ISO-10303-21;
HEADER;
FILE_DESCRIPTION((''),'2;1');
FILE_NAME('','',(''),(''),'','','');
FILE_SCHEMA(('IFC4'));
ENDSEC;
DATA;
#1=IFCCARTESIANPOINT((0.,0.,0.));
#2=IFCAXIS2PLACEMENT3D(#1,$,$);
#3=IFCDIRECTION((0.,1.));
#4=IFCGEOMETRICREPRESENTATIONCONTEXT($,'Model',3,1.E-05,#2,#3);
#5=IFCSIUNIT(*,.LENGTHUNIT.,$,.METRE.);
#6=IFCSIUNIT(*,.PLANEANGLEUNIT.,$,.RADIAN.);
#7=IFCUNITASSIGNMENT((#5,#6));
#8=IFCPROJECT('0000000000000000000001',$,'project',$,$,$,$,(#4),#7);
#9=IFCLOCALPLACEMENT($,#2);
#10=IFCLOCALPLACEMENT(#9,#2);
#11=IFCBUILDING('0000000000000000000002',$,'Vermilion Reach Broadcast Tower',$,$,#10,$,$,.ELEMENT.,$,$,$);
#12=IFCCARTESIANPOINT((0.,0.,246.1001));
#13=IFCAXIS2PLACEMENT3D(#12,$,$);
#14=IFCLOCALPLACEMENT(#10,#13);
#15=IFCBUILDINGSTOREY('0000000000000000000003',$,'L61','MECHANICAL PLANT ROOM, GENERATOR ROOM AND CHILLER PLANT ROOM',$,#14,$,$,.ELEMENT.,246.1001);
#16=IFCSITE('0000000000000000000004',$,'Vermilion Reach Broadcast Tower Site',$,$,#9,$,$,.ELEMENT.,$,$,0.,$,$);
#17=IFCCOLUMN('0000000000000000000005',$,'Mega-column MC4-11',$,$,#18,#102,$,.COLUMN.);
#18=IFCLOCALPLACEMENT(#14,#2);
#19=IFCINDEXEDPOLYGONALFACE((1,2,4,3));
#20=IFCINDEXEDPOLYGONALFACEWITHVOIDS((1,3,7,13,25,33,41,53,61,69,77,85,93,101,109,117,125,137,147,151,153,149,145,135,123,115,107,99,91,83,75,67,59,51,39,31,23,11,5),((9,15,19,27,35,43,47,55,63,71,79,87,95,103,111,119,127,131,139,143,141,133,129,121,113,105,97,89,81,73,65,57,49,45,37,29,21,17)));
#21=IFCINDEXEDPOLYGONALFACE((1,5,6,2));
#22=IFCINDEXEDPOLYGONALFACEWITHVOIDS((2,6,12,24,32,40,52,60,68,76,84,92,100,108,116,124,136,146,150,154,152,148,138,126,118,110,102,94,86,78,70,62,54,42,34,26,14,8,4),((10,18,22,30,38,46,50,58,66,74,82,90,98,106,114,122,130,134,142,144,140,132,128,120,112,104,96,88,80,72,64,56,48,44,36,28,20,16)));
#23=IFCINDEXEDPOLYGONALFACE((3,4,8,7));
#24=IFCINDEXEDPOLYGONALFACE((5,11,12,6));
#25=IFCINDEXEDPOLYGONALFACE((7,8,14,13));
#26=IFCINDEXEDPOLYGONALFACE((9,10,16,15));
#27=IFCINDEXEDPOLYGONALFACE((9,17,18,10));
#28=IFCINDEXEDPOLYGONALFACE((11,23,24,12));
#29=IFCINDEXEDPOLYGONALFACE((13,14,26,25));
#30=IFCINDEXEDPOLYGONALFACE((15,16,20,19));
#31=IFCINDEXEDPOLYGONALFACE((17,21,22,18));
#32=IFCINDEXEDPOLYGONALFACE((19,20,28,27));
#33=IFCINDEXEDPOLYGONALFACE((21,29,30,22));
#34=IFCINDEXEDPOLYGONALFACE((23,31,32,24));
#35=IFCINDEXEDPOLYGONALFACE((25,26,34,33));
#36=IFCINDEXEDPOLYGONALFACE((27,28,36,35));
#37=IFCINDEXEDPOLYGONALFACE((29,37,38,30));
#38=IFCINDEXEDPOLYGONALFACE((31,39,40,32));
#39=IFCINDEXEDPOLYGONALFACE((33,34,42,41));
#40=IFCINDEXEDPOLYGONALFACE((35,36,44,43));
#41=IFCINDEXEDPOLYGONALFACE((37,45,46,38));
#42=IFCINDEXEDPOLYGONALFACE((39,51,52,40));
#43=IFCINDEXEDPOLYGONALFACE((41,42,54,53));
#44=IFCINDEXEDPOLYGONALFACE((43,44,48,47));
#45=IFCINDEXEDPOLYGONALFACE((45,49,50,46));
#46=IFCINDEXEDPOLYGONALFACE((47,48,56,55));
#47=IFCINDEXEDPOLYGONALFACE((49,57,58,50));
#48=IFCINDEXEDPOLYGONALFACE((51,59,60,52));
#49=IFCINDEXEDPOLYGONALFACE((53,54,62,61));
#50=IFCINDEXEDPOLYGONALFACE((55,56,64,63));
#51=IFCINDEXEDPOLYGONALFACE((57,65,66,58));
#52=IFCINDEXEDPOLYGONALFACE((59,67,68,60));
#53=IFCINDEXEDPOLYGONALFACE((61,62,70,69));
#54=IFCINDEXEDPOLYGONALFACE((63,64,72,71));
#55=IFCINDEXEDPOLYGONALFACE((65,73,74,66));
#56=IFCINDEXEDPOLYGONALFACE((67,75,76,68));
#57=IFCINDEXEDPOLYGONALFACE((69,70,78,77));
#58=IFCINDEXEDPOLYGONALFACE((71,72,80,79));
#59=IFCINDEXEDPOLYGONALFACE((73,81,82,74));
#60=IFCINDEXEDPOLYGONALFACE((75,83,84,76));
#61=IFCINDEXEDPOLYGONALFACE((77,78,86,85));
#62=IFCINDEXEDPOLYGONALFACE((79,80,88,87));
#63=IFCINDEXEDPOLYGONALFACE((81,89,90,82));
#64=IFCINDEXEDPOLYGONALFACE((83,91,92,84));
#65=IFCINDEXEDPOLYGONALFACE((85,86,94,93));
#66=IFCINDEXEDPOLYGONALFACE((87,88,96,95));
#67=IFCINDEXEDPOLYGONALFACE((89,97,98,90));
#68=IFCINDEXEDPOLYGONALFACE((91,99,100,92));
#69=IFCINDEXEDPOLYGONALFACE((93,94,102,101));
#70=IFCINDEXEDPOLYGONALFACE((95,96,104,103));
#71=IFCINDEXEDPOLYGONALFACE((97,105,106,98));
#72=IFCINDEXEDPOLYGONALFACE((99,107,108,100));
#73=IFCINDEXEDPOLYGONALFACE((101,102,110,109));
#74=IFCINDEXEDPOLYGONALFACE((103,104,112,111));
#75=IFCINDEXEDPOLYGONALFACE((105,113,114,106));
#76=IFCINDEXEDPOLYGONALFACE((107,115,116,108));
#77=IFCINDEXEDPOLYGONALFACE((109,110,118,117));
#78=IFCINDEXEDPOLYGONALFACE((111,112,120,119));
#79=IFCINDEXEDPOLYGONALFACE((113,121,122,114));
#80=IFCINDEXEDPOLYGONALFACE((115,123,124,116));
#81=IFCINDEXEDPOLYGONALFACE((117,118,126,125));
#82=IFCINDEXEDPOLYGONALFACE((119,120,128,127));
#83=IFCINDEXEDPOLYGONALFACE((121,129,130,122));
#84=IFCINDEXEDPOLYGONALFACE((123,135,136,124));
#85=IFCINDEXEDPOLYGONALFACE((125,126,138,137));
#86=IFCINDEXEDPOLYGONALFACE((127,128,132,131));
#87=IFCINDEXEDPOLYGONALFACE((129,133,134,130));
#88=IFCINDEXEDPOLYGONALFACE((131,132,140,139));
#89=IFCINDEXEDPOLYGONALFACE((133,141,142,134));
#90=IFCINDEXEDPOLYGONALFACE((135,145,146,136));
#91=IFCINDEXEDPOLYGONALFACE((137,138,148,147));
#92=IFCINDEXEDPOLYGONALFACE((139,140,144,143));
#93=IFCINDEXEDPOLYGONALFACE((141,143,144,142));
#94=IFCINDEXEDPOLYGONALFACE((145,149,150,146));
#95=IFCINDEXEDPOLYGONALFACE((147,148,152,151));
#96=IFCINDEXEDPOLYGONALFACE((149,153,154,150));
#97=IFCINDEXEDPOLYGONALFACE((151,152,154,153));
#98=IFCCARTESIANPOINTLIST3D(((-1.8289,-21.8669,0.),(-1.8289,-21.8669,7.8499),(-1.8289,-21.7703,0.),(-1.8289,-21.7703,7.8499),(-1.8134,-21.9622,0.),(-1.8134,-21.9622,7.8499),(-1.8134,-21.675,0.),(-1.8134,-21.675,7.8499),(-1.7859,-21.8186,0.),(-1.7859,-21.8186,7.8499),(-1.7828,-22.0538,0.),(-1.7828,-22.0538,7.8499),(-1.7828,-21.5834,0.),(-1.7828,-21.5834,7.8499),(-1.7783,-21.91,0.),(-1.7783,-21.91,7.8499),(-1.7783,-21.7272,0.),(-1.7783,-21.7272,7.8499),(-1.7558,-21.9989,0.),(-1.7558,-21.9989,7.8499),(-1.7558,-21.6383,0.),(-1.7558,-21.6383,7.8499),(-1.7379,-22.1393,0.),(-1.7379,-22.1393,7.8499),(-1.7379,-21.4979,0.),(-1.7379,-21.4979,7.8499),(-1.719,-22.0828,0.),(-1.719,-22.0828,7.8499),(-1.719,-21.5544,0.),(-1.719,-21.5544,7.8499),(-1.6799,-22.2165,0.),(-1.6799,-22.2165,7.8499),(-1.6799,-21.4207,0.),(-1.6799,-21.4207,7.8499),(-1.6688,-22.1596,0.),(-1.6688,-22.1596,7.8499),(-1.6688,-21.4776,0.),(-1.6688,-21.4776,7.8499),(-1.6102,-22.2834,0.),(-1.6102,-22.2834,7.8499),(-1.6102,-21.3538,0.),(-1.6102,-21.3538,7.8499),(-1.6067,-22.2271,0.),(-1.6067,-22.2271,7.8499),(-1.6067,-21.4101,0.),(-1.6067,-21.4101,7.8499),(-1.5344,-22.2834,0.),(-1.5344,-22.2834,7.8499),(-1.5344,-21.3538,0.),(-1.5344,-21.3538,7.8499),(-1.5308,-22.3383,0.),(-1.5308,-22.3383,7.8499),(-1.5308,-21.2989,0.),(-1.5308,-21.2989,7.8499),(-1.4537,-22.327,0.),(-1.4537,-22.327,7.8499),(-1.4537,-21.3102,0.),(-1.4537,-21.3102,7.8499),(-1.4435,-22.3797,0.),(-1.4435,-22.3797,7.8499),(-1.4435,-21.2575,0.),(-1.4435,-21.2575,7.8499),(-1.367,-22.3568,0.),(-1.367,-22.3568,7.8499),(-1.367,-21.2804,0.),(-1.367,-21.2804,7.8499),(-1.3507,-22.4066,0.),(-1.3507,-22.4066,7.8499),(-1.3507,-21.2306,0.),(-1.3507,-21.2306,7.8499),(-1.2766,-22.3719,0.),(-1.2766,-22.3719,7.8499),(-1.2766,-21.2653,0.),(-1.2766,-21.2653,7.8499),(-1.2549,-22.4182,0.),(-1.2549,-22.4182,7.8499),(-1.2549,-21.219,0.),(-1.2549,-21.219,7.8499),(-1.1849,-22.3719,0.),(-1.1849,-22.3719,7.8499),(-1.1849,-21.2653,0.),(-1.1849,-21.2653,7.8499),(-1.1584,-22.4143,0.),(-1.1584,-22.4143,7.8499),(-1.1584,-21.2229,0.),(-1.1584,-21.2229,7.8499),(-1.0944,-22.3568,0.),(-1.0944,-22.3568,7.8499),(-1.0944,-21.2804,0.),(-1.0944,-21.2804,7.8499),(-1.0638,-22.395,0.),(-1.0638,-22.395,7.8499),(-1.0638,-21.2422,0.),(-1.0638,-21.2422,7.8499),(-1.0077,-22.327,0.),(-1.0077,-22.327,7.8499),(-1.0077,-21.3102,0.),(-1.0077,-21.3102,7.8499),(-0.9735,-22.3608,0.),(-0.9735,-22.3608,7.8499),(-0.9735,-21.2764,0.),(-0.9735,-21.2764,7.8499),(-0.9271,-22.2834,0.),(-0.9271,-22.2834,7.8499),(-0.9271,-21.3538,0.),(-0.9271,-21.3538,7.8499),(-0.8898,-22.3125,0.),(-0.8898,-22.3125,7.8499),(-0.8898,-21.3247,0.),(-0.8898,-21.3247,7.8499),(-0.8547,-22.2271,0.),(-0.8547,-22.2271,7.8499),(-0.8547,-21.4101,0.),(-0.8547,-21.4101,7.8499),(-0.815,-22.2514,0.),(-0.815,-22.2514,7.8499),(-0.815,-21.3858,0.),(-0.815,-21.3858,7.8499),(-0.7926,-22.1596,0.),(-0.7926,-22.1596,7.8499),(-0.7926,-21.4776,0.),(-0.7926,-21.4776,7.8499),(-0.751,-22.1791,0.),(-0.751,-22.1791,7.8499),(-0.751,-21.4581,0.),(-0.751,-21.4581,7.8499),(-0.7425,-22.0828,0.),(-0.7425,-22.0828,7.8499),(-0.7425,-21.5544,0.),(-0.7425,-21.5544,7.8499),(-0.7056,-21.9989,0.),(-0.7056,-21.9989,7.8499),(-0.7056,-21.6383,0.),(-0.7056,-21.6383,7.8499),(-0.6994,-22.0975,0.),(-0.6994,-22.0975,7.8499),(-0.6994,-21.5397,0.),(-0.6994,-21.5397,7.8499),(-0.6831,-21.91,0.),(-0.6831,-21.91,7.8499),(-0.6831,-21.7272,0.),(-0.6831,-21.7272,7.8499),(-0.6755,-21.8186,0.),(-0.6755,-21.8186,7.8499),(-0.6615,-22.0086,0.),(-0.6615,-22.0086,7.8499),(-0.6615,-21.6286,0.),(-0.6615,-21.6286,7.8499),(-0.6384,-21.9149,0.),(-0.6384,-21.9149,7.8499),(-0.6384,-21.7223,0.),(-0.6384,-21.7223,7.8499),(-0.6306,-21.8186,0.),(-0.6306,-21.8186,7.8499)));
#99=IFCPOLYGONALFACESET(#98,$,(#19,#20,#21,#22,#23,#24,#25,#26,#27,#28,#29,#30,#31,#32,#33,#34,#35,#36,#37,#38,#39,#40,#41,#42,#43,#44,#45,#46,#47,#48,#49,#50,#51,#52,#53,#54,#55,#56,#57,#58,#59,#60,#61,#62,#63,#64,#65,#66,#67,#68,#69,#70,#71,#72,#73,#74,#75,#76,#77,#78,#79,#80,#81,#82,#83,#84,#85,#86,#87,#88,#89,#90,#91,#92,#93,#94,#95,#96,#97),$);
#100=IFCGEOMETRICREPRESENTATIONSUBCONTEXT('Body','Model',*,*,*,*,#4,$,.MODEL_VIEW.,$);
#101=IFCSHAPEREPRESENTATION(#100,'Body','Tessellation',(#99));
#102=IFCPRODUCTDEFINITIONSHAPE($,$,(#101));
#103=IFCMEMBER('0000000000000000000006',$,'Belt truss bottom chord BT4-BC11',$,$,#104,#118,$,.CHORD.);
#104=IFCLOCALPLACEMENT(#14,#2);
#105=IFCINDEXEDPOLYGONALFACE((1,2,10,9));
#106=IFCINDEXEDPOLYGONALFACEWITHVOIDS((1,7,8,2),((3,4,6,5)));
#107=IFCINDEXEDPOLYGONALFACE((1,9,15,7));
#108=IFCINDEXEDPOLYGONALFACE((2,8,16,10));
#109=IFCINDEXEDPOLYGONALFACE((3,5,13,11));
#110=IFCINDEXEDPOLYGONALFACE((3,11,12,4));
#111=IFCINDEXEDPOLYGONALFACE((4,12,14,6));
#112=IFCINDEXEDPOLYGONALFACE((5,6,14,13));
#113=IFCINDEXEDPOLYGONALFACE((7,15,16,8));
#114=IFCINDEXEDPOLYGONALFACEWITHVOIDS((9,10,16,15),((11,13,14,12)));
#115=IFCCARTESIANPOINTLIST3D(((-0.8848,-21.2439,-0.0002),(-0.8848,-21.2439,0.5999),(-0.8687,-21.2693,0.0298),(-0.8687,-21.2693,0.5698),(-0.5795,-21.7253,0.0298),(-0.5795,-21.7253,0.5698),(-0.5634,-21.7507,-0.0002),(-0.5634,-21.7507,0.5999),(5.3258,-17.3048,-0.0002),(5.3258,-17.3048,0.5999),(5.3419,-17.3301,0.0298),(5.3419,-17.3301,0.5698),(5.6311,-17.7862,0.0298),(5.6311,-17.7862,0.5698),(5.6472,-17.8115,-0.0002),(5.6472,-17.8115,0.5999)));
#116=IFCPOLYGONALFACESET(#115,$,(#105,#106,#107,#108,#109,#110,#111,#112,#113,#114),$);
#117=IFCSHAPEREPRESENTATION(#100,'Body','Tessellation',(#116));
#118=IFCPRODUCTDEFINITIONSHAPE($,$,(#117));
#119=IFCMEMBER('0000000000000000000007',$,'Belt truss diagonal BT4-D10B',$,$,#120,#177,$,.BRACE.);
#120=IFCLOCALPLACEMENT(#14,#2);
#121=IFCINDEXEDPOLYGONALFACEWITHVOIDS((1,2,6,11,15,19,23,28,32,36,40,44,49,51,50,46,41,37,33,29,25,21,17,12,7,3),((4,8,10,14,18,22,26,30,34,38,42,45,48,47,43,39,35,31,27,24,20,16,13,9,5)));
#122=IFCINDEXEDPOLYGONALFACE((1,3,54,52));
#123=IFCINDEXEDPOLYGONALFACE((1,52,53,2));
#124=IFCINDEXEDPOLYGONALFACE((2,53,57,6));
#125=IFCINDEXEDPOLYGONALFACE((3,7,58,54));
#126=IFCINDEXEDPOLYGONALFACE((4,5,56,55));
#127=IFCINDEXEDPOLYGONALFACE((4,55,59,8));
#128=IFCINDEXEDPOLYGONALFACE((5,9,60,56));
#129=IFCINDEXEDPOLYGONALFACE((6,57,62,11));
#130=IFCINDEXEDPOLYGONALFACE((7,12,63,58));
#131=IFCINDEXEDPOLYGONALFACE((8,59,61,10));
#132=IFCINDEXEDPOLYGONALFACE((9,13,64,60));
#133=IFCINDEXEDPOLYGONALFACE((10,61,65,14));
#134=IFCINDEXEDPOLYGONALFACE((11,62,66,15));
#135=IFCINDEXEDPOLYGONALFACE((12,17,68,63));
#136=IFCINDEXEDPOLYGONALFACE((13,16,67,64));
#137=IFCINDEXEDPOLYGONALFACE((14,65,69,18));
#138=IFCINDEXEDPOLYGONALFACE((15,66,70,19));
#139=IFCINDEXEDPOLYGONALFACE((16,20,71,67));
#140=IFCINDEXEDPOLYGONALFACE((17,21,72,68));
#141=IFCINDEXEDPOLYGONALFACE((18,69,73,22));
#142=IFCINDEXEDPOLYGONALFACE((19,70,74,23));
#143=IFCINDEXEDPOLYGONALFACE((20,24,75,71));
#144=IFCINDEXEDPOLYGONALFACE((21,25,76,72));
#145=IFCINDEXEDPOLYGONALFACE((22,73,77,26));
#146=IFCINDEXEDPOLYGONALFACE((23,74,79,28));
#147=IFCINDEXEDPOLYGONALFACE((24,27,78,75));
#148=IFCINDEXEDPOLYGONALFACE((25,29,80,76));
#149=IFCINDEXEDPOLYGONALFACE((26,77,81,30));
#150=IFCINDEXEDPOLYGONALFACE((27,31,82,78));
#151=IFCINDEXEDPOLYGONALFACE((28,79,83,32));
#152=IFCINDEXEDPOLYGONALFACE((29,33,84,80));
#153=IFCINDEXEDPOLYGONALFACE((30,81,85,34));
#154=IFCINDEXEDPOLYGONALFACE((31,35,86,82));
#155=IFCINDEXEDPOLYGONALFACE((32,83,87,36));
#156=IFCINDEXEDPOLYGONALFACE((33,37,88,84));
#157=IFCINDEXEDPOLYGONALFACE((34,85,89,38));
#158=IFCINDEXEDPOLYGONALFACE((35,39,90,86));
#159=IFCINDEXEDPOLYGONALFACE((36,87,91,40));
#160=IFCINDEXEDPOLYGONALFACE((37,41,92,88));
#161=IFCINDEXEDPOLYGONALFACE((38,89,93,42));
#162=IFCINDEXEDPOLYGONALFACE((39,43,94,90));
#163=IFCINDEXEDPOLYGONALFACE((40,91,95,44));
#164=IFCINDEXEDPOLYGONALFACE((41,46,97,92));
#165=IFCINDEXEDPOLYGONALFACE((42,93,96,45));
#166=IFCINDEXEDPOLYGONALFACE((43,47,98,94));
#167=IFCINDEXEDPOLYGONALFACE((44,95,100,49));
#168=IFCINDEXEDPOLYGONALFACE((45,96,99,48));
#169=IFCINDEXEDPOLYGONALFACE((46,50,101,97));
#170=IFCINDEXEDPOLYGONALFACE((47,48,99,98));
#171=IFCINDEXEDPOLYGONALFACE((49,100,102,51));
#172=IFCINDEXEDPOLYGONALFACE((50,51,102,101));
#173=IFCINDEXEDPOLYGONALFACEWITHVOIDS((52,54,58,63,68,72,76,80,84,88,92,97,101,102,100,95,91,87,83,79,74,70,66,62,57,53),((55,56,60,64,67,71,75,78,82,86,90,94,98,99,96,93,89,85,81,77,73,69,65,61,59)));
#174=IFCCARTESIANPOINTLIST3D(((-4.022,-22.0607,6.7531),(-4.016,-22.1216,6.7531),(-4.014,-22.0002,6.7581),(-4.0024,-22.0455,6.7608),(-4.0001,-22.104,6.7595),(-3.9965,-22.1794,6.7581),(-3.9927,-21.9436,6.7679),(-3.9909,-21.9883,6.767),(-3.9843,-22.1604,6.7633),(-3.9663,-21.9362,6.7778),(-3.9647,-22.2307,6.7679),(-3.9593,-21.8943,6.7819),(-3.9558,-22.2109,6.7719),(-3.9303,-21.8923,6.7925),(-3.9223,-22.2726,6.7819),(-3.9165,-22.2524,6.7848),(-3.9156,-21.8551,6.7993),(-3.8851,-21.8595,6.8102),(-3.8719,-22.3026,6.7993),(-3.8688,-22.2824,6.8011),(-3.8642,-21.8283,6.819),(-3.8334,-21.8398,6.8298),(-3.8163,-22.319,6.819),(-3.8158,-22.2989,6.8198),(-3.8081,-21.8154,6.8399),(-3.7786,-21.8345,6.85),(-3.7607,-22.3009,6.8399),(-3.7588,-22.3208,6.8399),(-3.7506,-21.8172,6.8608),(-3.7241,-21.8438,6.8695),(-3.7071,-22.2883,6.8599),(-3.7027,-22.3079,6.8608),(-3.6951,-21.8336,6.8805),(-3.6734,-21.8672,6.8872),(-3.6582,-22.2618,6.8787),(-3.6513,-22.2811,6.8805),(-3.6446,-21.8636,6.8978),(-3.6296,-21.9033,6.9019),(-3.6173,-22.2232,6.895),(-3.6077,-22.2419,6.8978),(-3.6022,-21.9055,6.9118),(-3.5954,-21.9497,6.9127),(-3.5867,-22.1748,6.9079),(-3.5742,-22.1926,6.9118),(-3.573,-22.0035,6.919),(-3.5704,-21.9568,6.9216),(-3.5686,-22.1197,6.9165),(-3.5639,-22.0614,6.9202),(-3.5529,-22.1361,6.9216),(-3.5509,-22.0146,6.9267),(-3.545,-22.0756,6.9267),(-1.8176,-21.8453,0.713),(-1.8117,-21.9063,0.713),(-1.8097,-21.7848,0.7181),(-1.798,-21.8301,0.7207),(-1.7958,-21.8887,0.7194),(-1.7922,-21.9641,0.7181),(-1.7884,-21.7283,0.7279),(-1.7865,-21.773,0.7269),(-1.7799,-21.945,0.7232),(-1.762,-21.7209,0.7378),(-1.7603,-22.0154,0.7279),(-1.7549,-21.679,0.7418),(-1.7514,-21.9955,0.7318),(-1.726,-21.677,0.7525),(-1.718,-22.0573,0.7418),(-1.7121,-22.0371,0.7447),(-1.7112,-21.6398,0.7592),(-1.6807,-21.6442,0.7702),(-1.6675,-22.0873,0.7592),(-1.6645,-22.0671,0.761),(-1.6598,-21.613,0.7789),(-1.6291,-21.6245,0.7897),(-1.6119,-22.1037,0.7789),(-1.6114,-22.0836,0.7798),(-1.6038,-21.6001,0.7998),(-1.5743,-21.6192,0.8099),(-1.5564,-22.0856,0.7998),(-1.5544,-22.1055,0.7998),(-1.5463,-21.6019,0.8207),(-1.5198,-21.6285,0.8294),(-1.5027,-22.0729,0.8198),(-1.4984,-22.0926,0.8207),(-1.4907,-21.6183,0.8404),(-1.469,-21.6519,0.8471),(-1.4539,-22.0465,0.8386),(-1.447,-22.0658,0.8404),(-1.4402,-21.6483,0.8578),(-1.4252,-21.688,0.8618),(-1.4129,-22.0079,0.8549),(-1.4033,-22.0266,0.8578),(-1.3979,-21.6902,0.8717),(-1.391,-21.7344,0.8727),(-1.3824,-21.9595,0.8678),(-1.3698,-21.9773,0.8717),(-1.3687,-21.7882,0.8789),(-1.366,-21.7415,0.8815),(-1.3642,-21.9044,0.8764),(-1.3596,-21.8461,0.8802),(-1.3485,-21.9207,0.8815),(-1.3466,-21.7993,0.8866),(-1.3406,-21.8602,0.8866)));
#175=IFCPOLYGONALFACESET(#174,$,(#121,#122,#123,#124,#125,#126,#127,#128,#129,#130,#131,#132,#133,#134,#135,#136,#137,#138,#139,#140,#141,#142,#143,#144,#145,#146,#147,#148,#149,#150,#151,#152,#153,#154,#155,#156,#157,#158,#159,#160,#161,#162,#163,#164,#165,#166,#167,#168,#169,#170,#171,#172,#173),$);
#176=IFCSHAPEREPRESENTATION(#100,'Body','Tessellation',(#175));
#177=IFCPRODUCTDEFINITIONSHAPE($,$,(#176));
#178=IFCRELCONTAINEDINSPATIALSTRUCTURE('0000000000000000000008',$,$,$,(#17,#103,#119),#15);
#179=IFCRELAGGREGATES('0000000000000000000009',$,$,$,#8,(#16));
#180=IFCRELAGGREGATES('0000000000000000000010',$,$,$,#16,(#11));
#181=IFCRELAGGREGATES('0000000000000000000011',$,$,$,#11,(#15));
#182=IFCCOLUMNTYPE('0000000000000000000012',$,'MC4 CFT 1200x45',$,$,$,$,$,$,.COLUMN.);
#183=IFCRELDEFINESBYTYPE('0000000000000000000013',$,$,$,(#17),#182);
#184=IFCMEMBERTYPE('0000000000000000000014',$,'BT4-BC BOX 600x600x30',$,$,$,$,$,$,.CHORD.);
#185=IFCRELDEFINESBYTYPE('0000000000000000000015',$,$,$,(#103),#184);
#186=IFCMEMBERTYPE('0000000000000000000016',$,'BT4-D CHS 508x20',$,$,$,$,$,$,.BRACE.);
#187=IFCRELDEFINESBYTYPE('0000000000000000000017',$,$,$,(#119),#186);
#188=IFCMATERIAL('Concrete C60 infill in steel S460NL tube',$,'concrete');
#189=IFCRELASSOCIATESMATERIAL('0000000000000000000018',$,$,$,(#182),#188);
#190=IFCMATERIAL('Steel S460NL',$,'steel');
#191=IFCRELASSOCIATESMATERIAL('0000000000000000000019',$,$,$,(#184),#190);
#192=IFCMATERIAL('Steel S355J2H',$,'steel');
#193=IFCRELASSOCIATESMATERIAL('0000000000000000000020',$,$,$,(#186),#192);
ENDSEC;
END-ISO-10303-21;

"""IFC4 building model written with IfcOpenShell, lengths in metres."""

from ifc_helpers import new_model, si_unit, direction, frame, origin, origin_2d, place, context, subcontext, project, spatial, hollow_rectangle, hollow_circle, extrude, material, material_profile, profile_set, type_object, element, save


model = new_model("IFC4")

# Units and contexts
model_context = context("Model", 3, precision=1e-05, world=origin(), true_north=direction((0.0, 1.0)))
body_context = subcontext(model_context, "Body", "Model", "MODEL_VIEW")
ifc_project = project(units=[si_unit("LENGTHUNIT", "METRE"), si_unit("PLANEANGLEUNIT", "RADIAN")], contexts=[model_context])

# Site, building, storey
site_placement = place(None, origin())
site = spatial("IfcSite", under=ifc_project, at=site_placement, Name="Vermilion Reach Broadcast Tower Site", CompositionType="ELEMENT", RefElevation=0.0)
building_placement = place(site_placement, origin())
building = spatial("IfcBuilding", under=site, at=building_placement, Name="Vermilion Reach Broadcast Tower", CompositionType="ELEMENT")
storey_placement = place(building_placement, frame((0.0, 0.0, 246.1001)))
storey = spatial("IfcBuildingStorey", under=building, at=storey_placement, Name="L61", Description="MECHANICAL PLANT ROOM, GENERATOR ROOM AND CHILLER PLANT ROOM", CompositionType="ELEMENT", Elevation=246.1001)

# Column
ifc_material_1 = material(Name="Concrete C60 infill in steel S460NL tube", Category="concrete")
ifc_material_profile_1 = material_profile(ifc_material_1, hollow_circle(Radius=0.6001, WallThickness=0.0449, at=origin_2d()), Name="Concrete C60 infill in steel S460NL tube CFT 1200x45")
ifc_profile_set_1 = profile_set([ifc_material_profile_1], Name="Concrete C60 infill in steel S460NL tube")
column_type = type_object("IfcColumnType", Name="MC4 CFT 1200x45", PredefinedType="COLUMN", material=ifc_profile_set_1)
column_placement = place(storey_placement, frame((-1.2307, -21.8186, 0.0), z_axis=(0.0, 0.0, 1.0), x_axis=(1.0, 0.0, 0.0)))
element("IfcColumn", 1, at=column_placement, inside=storey, type_object=column_type, Name="Mega-column MC4-11", PredefinedType="COLUMN", context=body_context, shape_type="SweptSolid", body=[
    extrude(hollow_circle(Radius=0.6001, WallThickness=0.0449, at=origin_2d()), origin(), (0.0, 0.0, 1.0), 7.8499),
])

# Members
ifc_material_2 = material(Name="Steel S460NL", Category="steel")
ifc_material_profile_2 = material_profile(ifc_material_2, hollow_rectangle(XDim=0.6001, YDim=0.6001, WallThickness=0.03, at=origin_2d()), Name="S460NL BOX 600x600x30")
ifc_profile_set_2 = profile_set([ifc_material_profile_2], Name="Steel S460NL")
member_type_1 = type_object("IfcMemberType", Name="BT4-BC BOX 600x600x30", PredefinedType="CHORD", material=ifc_profile_set_2)
member_1_placement = place(storey_placement, frame((-0.7241, -21.4973, 0.2998), z_axis=(0.844464, 0.535612, 0.0), x_axis=(-0.535612, 0.844464, 0.0)))
element("IfcMember", 2, at=member_1_placement, inside=storey, type_object=member_type_1, Name="Belt truss bottom chord BT4-BC11", PredefinedType="CHORD", context=body_context, shape_type="SweptSolid", body=[
    extrude(hollow_rectangle(XDim=0.6001, YDim=0.6001, WallThickness=0.03, at=origin_2d()), origin(), (0.0, 0.0, 1.0), 7.3545),
])
ifc_material_3 = material(Name="Steel S355J2H", Category="steel")
ifc_material_profile_3 = material_profile(ifc_material_3, hollow_circle(Radius=0.2539, WallThickness=0.02, at=origin_2d()), Name="S355J2H CHS 508x20")
ifc_profile_set_3 = profile_set([ifc_material_profile_3], Name="Steel S355J2H")
member_type_2 = type_object("IfcMemberType", Name="BT4-D CHS 508x20", PredefinedType="BRACE", material=ifc_profile_set_3)
member_2_placement = place(storey_placement, frame((-1.5791, -21.8528, 0.7998), z_axis=(-0.342645, -0.033471, 0.938868), x_axis=(0.097222, -0.995263, 0.0)))
element("IfcMember", 3, at=member_2_placement, inside=storey, type_object=member_type_2, Name="Belt truss diagonal BT4-D10B", PredefinedType="BRACE", context=body_context, shape_type="SweptSolid", body=[
    extrude(hollow_circle(Radius=0.2539, WallThickness=0.02, at=origin_2d()), origin(), (0.0, 0.0, 1.0), 6.4333),
])

save(model, "model.ifc")
